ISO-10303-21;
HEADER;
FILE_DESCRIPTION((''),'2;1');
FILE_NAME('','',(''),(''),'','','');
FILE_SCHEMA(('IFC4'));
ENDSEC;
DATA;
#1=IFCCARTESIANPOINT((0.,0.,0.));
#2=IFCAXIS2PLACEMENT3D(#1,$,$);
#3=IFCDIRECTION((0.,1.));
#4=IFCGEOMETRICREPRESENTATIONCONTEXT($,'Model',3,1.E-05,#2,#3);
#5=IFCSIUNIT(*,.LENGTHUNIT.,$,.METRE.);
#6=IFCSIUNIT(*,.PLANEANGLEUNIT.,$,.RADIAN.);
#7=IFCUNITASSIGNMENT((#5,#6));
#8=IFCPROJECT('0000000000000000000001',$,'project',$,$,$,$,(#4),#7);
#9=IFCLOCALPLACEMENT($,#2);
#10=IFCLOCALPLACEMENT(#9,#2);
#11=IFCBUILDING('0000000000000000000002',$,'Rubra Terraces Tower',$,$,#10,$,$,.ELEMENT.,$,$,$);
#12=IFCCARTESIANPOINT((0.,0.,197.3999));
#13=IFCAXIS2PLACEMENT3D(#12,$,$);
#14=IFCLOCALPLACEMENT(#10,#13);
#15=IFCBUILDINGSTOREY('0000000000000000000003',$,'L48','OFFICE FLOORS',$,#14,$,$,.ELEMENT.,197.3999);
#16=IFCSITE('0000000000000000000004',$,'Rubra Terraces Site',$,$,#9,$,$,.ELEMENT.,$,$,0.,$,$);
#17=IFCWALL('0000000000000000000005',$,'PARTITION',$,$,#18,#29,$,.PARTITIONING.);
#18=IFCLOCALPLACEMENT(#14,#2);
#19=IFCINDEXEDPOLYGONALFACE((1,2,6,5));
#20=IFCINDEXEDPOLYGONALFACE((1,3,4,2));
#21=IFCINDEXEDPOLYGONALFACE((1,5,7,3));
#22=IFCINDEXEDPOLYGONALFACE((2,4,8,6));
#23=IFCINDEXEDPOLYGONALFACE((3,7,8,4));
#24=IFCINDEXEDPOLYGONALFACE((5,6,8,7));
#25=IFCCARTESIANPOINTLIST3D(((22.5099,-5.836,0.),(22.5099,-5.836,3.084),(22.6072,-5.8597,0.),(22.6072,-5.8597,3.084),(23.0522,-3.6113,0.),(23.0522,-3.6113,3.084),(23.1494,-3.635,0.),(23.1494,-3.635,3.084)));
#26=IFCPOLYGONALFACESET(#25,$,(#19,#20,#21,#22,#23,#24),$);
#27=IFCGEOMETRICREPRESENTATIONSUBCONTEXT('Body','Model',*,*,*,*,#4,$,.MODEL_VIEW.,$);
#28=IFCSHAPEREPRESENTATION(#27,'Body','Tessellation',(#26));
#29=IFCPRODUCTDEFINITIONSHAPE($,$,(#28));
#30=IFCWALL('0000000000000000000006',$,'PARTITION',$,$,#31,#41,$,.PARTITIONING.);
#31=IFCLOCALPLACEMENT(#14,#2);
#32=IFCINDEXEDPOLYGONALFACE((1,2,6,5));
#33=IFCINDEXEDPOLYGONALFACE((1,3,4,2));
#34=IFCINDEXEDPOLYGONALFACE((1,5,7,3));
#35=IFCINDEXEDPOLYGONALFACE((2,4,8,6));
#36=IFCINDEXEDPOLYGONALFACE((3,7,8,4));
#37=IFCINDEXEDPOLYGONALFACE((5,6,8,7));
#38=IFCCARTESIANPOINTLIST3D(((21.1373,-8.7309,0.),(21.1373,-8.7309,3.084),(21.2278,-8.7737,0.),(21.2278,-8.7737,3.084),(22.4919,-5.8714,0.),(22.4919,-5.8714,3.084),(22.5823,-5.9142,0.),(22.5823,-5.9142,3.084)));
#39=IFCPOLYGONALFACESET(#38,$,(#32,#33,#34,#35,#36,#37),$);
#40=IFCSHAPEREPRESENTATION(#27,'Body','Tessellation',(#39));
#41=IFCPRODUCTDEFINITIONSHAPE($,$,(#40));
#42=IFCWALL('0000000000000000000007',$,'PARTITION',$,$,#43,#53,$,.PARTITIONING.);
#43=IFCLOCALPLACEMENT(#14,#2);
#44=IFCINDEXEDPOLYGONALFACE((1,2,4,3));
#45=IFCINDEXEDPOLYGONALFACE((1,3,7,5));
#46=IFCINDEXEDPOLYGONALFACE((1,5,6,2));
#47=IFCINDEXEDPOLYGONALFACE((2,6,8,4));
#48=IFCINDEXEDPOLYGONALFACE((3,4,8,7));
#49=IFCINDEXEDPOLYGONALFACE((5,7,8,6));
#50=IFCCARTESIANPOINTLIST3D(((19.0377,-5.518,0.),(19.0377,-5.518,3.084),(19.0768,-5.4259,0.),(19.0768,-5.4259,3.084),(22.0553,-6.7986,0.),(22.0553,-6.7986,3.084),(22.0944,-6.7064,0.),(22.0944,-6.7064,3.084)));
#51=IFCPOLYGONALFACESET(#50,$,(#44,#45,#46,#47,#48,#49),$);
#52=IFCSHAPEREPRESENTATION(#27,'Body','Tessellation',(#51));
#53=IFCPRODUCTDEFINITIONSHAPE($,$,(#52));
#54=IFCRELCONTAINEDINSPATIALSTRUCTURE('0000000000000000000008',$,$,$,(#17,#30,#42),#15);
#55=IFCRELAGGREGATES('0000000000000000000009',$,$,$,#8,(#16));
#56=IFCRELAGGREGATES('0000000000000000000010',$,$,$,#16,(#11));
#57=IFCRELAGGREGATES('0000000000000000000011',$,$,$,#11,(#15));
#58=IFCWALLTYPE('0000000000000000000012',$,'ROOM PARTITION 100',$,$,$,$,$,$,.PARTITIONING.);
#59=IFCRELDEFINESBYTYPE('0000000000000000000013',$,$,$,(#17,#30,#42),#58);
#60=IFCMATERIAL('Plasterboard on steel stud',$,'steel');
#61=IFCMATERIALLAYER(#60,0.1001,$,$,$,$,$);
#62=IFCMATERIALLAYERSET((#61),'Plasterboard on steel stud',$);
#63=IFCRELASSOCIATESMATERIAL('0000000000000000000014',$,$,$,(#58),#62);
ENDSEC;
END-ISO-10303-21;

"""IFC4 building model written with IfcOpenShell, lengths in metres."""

from ifc_helpers import new_model, si_unit, direction, frame, frame_2d, origin, place, context, subcontext, project, spatial, rectangle, extrude, material, layer, layer_set, type_object, element, save


model = new_model("IFC4")

# Units and contexts
model_context = context("Model", 3, precision=1e-05, world=origin(), true_north=direction((0.0, 1.0)))
body_context = subcontext(model_context, "Body", "Model", "MODEL_VIEW")
ifc_project = project(units=[si_unit("LENGTHUNIT", "METRE"), si_unit("PLANEANGLEUNIT", "RADIAN")], contexts=[model_context])

# Site, building, storey
site_placement = place(None, origin())
site = spatial("IfcSite", under=ifc_project, at=site_placement, Name="Rubra Terraces Site", CompositionType="ELEMENT", RefElevation=0.0)
building_placement = place(site_placement, origin())
building = spatial("IfcBuilding", under=site, at=building_placement, Name="Rubra Terraces Tower", CompositionType="ELEMENT")
storey_placement = place(building_placement, frame((0.0, 0.0, 197.3999)))
storey = spatial("IfcBuildingStorey", under=building, at=storey_placement, Name="L48", Description="OFFICE FLOORS", CompositionType="ELEMENT", Elevation=197.3999)

# Walls
ifc_material_1 = material(Name="Plasterboard on steel stud", Category="steel")
ifc_layer_1 = layer(ifc_material_1, 0.1001)
ifc_layer_set_1 = layer_set([ifc_layer_1], Name="Plasterboard on steel stud")
wall_type_1 = type_object("IfcWallType", Name="ROOM PARTITION 100", PredefinedType="PARTITIONING", material=ifc_layer_set_1)
wall_1_placement = place(storey_placement, frame((23.1008, -3.623, 0.0), z_axis=(0.0, 0.0, 1.0), x_axis=(-0.236811, -0.971556, 0.0)))
element("IfcWall", 1, at=wall_1_placement, inside=storey, type_object=wall_type_1, Name="PARTITION", PredefinedType="PARTITIONING", context=body_context, shape_type="SweptSolid", body=[
    extrude(rectangle(XDim=2.2898, YDim=0.1001, at=frame_2d((1.145, 0.0))), origin(), (0.0, 0.0, 1.0), 3.084),
])
wall_2_placement = place(storey_placement, frame((22.5371, -5.8928, 0.0), z_axis=(0.0, 0.0, 1.0), x_axis=(-0.4281, -0.903732, 0.0)))
element("IfcWall", 2, at=wall_2_placement, inside=storey, type_object=wall_type_1, Name="PARTITION", PredefinedType="PARTITIONING", context=body_context, shape_type="SweptSolid", body=[
    extrude(rectangle(XDim=3.1641, YDim=0.1001, at=frame_2d((1.582, 0.0))), origin(), (0.0, 0.0, 1.0), 3.084),
])
wall_3_placement = place(storey_placement, frame((19.0571, -5.4719, 0.0), z_axis=(0.0, 0.0, 1.0), x_axis=(0.920545, -0.390636, 0.0)))
element("IfcWall", 3, at=wall_3_placement, inside=storey, type_object=wall_type_1, Name="PARTITION", PredefinedType="PARTITIONING", context=body_context, shape_type="SweptSolid", body=[
    extrude(rectangle(XDim=3.2781, YDim=0.1001, at=frame_2d((1.6392, 0.0))), origin(), (0.0, 0.0, 1.0), 3.084),
])

save(model, "model.ifc")
